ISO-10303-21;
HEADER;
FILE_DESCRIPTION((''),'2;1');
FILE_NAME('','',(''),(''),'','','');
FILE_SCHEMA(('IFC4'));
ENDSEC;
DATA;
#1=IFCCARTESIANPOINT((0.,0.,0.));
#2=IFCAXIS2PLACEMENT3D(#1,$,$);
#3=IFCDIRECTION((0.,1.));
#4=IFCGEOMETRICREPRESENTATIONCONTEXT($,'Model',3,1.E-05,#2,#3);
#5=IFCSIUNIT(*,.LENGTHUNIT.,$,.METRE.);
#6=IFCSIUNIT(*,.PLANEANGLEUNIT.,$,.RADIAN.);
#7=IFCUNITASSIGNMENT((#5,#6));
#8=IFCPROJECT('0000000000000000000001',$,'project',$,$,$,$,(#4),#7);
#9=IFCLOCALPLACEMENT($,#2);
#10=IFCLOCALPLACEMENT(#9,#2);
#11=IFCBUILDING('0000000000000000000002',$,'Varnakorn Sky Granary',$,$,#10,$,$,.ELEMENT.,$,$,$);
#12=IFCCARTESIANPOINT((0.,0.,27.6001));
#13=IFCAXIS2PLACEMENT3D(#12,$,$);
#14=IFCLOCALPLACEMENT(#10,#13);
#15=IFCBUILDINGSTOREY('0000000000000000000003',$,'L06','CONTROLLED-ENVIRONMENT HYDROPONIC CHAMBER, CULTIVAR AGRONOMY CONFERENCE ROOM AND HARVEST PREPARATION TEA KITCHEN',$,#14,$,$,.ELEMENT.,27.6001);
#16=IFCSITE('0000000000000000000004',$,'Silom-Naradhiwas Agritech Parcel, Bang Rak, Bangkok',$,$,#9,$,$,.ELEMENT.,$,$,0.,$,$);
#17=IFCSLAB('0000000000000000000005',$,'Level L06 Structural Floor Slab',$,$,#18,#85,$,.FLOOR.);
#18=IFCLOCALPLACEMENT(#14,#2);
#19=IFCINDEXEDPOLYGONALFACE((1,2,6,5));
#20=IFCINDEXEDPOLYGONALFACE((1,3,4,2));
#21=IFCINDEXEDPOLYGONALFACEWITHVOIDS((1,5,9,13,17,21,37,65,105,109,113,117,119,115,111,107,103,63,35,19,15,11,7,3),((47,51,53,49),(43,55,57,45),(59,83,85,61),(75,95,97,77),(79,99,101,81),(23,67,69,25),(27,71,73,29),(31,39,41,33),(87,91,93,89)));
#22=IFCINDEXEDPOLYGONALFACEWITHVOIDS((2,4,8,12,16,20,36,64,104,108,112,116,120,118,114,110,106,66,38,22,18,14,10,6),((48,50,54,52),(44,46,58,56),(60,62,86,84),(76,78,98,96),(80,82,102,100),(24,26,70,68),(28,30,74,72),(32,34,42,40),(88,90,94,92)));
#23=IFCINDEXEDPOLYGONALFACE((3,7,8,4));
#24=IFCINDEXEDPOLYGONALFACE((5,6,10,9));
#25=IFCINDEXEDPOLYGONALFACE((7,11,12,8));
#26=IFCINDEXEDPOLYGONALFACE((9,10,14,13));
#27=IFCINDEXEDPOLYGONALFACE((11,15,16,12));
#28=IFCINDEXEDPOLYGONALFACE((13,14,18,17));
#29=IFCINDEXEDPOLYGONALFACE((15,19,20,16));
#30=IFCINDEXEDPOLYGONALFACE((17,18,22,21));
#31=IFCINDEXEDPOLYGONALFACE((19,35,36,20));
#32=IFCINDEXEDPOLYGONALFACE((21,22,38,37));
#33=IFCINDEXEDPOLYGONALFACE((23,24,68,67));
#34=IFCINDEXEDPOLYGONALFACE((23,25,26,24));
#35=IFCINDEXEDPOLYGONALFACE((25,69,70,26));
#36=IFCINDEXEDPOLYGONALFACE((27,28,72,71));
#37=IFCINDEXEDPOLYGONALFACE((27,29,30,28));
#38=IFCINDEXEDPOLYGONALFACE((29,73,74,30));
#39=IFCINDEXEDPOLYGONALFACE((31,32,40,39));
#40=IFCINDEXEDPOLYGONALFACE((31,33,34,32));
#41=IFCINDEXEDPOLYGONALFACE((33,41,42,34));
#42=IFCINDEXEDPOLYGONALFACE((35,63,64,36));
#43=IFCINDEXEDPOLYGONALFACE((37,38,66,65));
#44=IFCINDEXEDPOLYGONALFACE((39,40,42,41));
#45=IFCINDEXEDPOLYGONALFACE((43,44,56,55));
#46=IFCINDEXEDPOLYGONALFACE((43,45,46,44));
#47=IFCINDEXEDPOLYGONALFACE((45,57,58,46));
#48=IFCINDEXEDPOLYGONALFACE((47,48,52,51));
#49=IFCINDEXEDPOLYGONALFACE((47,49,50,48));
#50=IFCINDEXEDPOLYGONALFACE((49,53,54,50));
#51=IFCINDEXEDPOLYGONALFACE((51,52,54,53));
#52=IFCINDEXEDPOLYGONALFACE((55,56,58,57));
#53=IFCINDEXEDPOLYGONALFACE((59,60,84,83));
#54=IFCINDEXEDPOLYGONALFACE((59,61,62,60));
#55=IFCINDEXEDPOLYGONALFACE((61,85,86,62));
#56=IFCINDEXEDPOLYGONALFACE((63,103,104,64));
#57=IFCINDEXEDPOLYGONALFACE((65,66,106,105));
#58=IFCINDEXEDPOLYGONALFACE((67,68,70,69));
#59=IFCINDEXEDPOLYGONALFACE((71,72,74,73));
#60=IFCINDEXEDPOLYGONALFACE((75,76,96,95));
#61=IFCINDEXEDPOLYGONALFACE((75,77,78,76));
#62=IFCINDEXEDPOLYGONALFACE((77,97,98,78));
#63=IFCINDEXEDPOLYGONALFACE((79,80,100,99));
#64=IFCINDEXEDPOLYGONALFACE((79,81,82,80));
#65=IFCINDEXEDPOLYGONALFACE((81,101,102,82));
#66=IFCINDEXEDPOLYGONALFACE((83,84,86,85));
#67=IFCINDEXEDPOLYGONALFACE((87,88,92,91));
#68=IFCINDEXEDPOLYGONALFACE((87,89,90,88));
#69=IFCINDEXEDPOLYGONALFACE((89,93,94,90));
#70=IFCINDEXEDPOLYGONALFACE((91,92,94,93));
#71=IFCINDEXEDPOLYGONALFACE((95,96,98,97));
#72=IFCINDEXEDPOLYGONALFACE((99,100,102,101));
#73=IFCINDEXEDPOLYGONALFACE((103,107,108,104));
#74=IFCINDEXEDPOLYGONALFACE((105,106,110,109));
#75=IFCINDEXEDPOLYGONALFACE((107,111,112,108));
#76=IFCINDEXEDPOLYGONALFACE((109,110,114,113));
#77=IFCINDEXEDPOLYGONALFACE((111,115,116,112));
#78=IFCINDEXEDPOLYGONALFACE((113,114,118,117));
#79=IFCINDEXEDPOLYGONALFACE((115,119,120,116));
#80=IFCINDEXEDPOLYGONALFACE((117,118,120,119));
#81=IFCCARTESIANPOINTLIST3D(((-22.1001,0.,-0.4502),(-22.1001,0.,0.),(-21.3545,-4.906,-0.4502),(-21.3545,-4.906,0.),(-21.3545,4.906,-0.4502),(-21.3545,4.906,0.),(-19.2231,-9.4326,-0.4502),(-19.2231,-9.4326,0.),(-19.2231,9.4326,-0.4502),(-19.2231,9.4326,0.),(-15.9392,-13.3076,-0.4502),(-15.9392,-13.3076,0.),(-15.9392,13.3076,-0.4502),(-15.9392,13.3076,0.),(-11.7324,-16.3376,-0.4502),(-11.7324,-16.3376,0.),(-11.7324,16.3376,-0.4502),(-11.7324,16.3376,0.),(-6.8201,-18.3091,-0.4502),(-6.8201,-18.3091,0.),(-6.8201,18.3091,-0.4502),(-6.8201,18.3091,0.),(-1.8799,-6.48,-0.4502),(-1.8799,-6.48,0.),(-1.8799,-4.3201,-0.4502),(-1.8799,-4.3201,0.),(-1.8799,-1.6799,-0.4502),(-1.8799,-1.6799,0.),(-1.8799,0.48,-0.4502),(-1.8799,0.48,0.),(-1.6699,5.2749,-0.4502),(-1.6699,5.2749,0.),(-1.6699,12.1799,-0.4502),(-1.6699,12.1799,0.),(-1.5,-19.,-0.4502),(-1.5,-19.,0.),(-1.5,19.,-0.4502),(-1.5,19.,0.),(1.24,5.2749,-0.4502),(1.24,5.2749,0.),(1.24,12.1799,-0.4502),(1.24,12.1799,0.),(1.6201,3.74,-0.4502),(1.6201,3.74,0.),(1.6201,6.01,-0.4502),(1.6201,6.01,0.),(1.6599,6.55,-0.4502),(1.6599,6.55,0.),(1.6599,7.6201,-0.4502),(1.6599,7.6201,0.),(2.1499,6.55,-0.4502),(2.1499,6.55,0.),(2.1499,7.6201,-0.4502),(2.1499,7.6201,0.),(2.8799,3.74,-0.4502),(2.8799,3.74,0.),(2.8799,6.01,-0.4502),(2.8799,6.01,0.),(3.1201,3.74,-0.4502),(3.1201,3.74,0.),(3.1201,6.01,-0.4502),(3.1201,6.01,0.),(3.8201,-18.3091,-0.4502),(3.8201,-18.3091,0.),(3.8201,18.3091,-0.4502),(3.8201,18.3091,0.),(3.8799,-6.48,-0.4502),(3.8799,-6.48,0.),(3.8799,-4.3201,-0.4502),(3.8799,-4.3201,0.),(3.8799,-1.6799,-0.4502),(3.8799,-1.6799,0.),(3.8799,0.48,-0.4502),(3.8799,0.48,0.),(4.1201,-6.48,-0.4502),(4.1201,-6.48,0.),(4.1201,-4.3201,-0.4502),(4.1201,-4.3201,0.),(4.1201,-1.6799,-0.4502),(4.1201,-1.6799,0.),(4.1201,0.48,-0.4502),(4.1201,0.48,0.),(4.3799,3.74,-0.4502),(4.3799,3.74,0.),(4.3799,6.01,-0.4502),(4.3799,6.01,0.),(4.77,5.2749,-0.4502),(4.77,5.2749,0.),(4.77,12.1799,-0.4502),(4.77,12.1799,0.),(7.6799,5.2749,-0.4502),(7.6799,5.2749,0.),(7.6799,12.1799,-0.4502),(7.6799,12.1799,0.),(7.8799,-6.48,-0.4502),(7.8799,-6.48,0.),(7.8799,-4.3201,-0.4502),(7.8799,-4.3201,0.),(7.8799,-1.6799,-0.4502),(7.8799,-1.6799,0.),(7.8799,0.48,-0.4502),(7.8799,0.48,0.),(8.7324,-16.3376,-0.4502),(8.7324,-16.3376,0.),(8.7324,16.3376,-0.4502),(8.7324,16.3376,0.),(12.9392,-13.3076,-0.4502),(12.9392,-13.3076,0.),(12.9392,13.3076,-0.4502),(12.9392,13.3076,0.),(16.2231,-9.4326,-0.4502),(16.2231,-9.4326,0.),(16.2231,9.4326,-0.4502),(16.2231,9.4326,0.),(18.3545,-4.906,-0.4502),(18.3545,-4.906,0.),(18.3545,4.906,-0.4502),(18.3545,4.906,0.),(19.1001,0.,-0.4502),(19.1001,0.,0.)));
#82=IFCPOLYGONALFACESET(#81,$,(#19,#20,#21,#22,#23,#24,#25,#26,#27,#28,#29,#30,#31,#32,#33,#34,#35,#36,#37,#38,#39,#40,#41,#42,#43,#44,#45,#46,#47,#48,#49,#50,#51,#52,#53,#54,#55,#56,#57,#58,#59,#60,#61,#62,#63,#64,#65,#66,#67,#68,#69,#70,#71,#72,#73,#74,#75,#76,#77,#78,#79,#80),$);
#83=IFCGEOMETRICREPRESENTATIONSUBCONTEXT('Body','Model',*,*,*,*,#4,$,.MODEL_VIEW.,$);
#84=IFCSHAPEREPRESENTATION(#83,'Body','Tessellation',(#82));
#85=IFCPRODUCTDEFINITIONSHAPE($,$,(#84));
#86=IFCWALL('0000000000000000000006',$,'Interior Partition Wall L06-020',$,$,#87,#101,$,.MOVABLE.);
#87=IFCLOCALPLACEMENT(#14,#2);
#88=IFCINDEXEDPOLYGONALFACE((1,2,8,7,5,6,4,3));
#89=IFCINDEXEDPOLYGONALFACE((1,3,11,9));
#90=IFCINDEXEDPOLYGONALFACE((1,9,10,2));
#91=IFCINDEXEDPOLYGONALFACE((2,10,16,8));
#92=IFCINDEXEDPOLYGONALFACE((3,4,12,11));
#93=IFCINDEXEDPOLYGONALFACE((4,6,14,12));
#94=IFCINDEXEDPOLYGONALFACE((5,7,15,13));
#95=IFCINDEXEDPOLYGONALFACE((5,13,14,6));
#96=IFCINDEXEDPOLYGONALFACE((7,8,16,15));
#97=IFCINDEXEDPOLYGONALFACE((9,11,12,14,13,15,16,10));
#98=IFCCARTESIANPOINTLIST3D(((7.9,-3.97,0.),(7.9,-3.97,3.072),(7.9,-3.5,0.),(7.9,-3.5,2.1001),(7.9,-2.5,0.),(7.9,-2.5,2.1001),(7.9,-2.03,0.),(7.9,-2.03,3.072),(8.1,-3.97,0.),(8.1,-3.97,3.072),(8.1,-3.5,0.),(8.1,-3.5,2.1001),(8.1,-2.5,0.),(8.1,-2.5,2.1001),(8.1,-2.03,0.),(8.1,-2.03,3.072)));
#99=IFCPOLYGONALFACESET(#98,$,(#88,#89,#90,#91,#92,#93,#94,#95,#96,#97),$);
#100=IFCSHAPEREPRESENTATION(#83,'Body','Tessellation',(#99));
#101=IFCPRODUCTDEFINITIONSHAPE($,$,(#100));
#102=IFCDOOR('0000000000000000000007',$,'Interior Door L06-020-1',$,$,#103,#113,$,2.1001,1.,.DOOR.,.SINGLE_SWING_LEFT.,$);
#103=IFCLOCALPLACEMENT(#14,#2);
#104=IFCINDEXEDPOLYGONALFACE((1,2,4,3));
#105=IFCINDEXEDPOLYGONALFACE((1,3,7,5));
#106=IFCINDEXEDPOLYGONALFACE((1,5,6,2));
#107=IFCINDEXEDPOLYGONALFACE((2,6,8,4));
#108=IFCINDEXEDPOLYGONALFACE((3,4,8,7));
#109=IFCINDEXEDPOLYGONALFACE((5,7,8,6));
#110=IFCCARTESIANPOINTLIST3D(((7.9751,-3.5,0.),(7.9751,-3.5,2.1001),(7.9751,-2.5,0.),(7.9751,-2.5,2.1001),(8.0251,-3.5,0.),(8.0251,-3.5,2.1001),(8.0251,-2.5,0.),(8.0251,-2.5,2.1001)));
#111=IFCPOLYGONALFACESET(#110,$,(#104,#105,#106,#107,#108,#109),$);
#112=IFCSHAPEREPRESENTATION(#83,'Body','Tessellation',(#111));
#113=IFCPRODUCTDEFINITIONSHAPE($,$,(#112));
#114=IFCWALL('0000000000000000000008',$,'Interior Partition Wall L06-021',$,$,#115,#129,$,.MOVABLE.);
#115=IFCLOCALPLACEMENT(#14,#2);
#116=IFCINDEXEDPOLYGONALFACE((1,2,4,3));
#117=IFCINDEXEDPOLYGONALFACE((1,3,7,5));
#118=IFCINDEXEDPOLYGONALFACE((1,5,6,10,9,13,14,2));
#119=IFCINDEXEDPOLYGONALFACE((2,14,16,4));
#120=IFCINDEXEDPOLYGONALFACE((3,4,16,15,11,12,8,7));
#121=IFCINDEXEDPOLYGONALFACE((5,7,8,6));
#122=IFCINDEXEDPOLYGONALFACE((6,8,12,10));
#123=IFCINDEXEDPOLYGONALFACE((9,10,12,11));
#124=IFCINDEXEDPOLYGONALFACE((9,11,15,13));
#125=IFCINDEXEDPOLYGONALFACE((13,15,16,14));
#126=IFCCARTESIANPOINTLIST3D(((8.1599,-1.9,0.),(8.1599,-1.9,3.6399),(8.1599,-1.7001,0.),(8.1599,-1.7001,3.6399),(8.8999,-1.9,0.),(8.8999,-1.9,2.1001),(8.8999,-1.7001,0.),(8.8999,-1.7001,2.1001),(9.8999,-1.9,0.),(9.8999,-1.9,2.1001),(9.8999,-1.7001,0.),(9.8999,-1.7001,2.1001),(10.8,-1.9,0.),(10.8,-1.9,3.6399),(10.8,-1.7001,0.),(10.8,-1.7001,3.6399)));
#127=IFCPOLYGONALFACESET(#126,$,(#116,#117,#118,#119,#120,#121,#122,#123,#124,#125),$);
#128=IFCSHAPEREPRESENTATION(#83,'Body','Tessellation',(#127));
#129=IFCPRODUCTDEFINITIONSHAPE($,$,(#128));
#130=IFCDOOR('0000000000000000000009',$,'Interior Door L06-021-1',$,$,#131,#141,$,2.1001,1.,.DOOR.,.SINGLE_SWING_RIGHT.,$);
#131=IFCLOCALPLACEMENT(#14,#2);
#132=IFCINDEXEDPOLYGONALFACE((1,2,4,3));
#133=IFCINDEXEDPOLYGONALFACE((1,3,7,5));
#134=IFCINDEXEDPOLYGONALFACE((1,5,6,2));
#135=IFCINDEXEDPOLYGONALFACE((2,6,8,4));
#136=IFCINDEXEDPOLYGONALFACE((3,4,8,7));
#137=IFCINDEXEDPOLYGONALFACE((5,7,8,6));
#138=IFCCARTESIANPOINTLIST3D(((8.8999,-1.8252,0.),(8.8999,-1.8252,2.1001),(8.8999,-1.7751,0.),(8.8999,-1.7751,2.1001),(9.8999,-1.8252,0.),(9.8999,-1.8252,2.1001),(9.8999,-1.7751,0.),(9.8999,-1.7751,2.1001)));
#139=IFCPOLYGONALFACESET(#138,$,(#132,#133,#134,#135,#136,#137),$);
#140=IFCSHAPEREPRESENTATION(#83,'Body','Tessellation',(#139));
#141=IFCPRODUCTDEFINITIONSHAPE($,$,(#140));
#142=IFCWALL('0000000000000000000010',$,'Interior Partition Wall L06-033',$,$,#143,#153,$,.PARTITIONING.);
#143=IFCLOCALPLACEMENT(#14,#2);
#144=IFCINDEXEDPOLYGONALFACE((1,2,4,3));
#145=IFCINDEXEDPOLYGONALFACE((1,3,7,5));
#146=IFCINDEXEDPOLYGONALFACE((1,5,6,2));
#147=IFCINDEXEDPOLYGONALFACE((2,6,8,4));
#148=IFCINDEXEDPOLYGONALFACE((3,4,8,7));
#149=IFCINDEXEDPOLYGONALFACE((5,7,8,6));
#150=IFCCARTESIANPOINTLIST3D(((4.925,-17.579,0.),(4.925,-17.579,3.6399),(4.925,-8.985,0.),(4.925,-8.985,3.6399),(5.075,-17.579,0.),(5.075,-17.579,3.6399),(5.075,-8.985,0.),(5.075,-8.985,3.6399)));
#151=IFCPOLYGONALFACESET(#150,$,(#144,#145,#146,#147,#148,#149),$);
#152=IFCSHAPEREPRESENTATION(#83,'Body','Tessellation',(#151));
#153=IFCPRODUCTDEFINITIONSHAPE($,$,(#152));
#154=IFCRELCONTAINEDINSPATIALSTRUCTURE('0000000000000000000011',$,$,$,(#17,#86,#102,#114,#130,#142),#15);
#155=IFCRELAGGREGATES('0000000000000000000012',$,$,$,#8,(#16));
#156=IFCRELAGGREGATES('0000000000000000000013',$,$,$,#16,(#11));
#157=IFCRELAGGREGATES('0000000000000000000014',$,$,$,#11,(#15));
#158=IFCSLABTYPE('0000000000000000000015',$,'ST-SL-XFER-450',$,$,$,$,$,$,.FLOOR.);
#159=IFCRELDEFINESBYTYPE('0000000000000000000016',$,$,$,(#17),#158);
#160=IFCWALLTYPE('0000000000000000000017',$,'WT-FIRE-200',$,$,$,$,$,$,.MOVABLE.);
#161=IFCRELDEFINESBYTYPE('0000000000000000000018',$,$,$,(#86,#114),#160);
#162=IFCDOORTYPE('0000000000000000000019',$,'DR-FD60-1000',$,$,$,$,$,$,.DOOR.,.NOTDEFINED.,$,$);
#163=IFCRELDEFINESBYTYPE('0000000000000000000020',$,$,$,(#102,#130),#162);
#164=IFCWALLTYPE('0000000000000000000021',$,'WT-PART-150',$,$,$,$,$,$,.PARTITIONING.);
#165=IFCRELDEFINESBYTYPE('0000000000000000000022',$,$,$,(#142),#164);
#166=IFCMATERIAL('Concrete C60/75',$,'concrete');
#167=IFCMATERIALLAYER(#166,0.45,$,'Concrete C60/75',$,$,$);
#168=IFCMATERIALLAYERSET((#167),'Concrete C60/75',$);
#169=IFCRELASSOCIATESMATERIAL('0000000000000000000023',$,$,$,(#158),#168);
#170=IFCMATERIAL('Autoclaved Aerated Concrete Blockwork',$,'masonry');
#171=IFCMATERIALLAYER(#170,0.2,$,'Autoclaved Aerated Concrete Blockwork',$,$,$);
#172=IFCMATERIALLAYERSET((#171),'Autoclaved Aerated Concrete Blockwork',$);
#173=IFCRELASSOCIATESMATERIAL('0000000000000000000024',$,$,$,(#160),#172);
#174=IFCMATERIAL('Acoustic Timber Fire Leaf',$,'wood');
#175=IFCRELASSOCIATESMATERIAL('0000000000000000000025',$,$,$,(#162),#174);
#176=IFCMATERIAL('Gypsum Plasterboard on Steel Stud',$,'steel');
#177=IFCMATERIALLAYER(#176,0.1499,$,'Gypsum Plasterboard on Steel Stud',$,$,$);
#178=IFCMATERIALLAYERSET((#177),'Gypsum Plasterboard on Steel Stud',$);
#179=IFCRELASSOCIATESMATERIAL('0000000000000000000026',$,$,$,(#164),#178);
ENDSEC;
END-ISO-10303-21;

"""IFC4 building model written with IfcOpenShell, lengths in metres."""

from ifc_helpers import new_model, si_unit, direction, frame, frame_2d, origin, place, context, subcontext, project, spatial, polyline, rectangle, outline, extrude, material, layer, layer_set, type_object, element, fill, save


model = new_model("IFC4")

# Units and contexts
model_context = context("Model", 3, precision=1e-05, world=origin(), true_north=direction((0.0, 1.0)))
body_context = subcontext(model_context, "Body", "Model", "MODEL_VIEW")
ifc_project = project(units=[si_unit("LENGTHUNIT", "METRE"), si_unit("PLANEANGLEUNIT", "RADIAN")], contexts=[model_context])

# Site, building, storey
site_placement = place(None, origin())
site = spatial("IfcSite", under=ifc_project, at=site_placement, Name="Silom-Naradhiwas Agritech Parcel, Bang Rak, Bangkok", CompositionType="ELEMENT", RefElevation=0.0)
building_placement = place(site_placement, origin())
building = spatial("IfcBuilding", under=site, at=building_placement, Name="Varnakorn Sky Granary", CompositionType="ELEMENT")
storey_placement = place(building_placement, frame((0.0, 0.0, 27.6001)))
storey = spatial("IfcBuildingStorey", under=building, at=storey_placement, Name="L06", Description="CONTROLLED-ENVIRONMENT HYDROPONIC CHAMBER, CULTIVAR AGRONOMY CONFERENCE ROOM AND HARVEST PREPARATION TEA KITCHEN", CompositionType="ELEMENT", Elevation=27.6001)

# Shared definitions
ifc_material_1 = material(Name="Concrete C60/75", Category="concrete")

# Slab
ifc_layer_1 = layer(ifc_material_1, 0.45, Name="Concrete C60/75")
ifc_layer_set_1 = layer_set([ifc_layer_1], Name="Concrete C60/75")
slab_type_1 = type_object("IfcSlabType", Name="ST-SL-XFER-450", PredefinedType="FLOOR", material=ifc_layer_set_1)
slab_1_placement = place(storey_placement, frame((0.0, 0.0, -0.4502)))
element("IfcSlab", 1, at=slab_1_placement, inside=storey, type_object=slab_type_1, Name="Level L06 Structural Floor Slab", PredefinedType="FLOOR", context=body_context, shape_type="SweptSolid", body=[
    extrude(outline(polyline([(19.1001, 0.0), (18.3545, 4.906), (16.2231, 9.4326), (12.9392, 13.3076), (8.7324, 16.3376), (3.8201, 18.3091), (-1.5, 19.0), (-6.8201, 18.3091), (-11.7324, 16.3376), (-15.9392, 13.3076), (-19.2231, 9.4326), (-21.3545, 4.906), (-22.1001, 0.0), (-21.3545, -4.906), (-19.2231, -9.4326), (-15.9392, -13.3076), (-11.7324, -16.3376), (-6.8201, -18.3091), (-1.5, -19.0), (3.8201, -18.3091), (8.7324, -16.3376), (12.9392, -13.3076), (16.2231, -9.4326), (18.3545, -4.906), (19.1001, 0.0)]), holes=[polyline([(1.24, 5.2749), (1.24, 12.1799), (-1.6699, 12.1799), (-1.6699, 5.2749), (1.24, 5.2749)]), polyline([(7.6799, 5.2749), (7.6799, 12.1799), (4.77, 12.1799), (4.77, 5.2749), (7.6799, 5.2749)]), polyline([(1.6599, 6.55), (2.1499, 6.55), (2.1499, 7.6201), (1.6599, 7.6201), (1.6599, 6.55)]), polyline([(1.6201, 3.74), (2.8799, 3.74), (2.8799, 6.01), (1.6201, 6.01), (1.6201, 3.74)]), polyline([(3.1201, 3.74), (4.3799, 3.74), (4.3799, 6.01), (3.1201, 6.01), (3.1201, 3.74)]), polyline([(-1.8799, -1.6799), (3.8799, -1.6799), (3.8799, 0.48), (-1.8799, 0.48), (-1.8799, -1.6799)]), polyline([(4.1201, -1.6799), (7.8799, -1.6799), (7.8799, 0.48), (4.1201, 0.48), (4.1201, -1.6799)]), polyline([(-1.8799, -6.48), (3.8799, -6.48), (3.8799, -4.3201), (-1.8799, -4.3201), (-1.8799, -6.48)]), polyline([(4.1201, -6.48), (7.8799, -6.48), (7.8799, -4.3201), (4.1201, -4.3201), (4.1201, -6.48)])]), origin(), (0.0, 0.0, 1.0), 0.4502),
])

# Walls, openings, doors
ifc_material_2 = material(Name="Autoclaved Aerated Concrete Blockwork", Category="masonry")
ifc_layer_2 = layer(ifc_material_2, 0.2, Name="Autoclaved Aerated Concrete Blockwork")
ifc_layer_set_2 = layer_set([ifc_layer_2], Name="Autoclaved Aerated Concrete Blockwork")
wall_type_1 = type_object("IfcWallType", Name="WT-FIRE-200", PredefinedType="MOVABLE", material=ifc_layer_set_2)
wall_1_placement = place(storey_placement, frame((8.0, -3.97, 0.0), z_axis=(0.0, 0.0, 1.0), x_axis=(0.0, 1.0, 0.0)))
wall_1 = element("IfcWall", 2, at=wall_1_placement, inside=storey, type_object=wall_type_1, Name="Interior Partition Wall L06-020", PredefinedType="MOVABLE", context=body_context, shape_type="SweptSolid", body=[
    extrude(rectangle(XDim=1.9399, YDim=0.2, at=frame_2d((0.97, 0.0))), origin(), (0.0, 0.0, 1.0), 3.072),
])
opening_1_placement = place(wall_1_placement, frame((0.47, 0.0, 0.0)))
opening_1 = element("IfcOpeningElement", 3, at=opening_1_placement, cuts=wall_1, PredefinedType="OPENING", context=body_context, shape_type="SweptSolid", body=[
    extrude(rectangle(XDim=1.0, YDim=2.1001, at=frame_2d((0.5, 1.05))), frame((0.0, 0.1099, 0.0), z_axis=(0.0, -1.0, 0.0), x_axis=(1.0, 0.0, 0.0)), (0.0, 0.0, 1.0), 0.22),
])
ifc_material_3 = material(Name="Acoustic Timber Fire Leaf", Category="wood")
door_type_1 = type_object("IfcDoorType", Name="DR-FD60-1000", OperationType="NOTDEFINED", PredefinedType="DOOR", material=ifc_material_3)
door_1_placement = place(opening_1_placement, origin())
door_1 = element("IfcDoor", 4, at=door_1_placement, inside=storey, type_object=door_type_1, Name="Interior Door L06-020-1", OperationType="SINGLE_SWING_LEFT", OverallHeight=2.1001, OverallWidth=1.0, PredefinedType="DOOR", context=body_context, shape_type="SweptSolid", body=[
    extrude(rectangle(XDim=1.0, YDim=2.1001, at=frame_2d((0.5, 1.05))), frame((0.0, 0.0249, 0.0), z_axis=(0.0, -1.0, 0.0), x_axis=(1.0, 0.0, 0.0)), (0.0, 0.0, 1.0), 0.05),
])
fill(opening_1, door_1)
wall_2_placement = place(storey_placement, frame((8.1599, -1.8, 0.0), z_axis=(0.0, 0.0, 1.0), x_axis=(1.0, 0.0, 0.0)))
wall_2 = element("IfcWall", 5, at=wall_2_placement, inside=storey, type_object=wall_type_1, Name="Interior Partition Wall L06-021", PredefinedType="MOVABLE", context=body_context, shape_type="SweptSolid", body=[
    extrude(rectangle(XDim=2.6401, YDim=0.2, at=frame_2d((1.3201, 0.0))), origin(), (0.0, 0.0, 1.0), 3.6399),
])
opening_2_placement = place(wall_2_placement, frame((0.74, 0.0, 0.0)))
opening_2 = element("IfcOpeningElement", 6, at=opening_2_placement, cuts=wall_2, PredefinedType="OPENING", context=body_context, shape_type="SweptSolid", body=[
    extrude(rectangle(XDim=1.0, YDim=2.1001, at=frame_2d((0.5, 1.05))), frame((0.0, 0.1099, 0.0), z_axis=(0.0, -1.0, 0.0), x_axis=(1.0, 0.0, 0.0)), (0.0, 0.0, 1.0), 0.22),
])
door_2_placement = place(opening_2_placement, origin())
door_2 = element("IfcDoor", 7, at=door_2_placement, inside=storey, type_object=door_type_1, Name="Interior Door L06-021-1", OperationType="SINGLE_SWING_RIGHT", OverallHeight=2.1001, OverallWidth=1.0, PredefinedType="DOOR", context=body_context, shape_type="SweptSolid", body=[
    extrude(rectangle(XDim=1.0, YDim=2.1001, at=frame_2d((0.5, 1.05))), frame((0.0, 0.0249, 0.0), z_axis=(0.0, -1.0, 0.0), x_axis=(1.0, 0.0, 0.0)), (0.0, 0.0, 1.0), 0.05),
])
fill(opening_2, door_2)

# Wall
ifc_material_4 = material(Name="Gypsum Plasterboard on Steel Stud", Category="steel")
ifc_layer_3 = layer(ifc_material_4, 0.1499, Name="Gypsum Plasterboard on Steel Stud")
ifc_layer_set_3 = layer_set([ifc_layer_3], Name="Gypsum Plasterboard on Steel Stud")
wall_type_2 = type_object("IfcWallType", Name="WT-PART-150", PredefinedType="PARTITIONING", material=ifc_layer_set_3)
wall_3_placement = place(storey_placement, frame((5.0, -8.9851, 0.0), z_axis=(0.0, 0.0, 1.0), x_axis=(0.0, -1.0, 0.0)))
element("IfcWall", 8, at=wall_3_placement, inside=storey, type_object=wall_type_2, Name="Interior Partition Wall L06-033", PredefinedType="PARTITIONING", context=body_context, shape_type="SweptSolid", body=[
    extrude(rectangle(XDim=8.594, YDim=0.1499, at=frame_2d((4.2969, 0.0))), origin(), (0.0, 0.0, 1.0), 3.6399),
])

save(model, "model.ifc")
